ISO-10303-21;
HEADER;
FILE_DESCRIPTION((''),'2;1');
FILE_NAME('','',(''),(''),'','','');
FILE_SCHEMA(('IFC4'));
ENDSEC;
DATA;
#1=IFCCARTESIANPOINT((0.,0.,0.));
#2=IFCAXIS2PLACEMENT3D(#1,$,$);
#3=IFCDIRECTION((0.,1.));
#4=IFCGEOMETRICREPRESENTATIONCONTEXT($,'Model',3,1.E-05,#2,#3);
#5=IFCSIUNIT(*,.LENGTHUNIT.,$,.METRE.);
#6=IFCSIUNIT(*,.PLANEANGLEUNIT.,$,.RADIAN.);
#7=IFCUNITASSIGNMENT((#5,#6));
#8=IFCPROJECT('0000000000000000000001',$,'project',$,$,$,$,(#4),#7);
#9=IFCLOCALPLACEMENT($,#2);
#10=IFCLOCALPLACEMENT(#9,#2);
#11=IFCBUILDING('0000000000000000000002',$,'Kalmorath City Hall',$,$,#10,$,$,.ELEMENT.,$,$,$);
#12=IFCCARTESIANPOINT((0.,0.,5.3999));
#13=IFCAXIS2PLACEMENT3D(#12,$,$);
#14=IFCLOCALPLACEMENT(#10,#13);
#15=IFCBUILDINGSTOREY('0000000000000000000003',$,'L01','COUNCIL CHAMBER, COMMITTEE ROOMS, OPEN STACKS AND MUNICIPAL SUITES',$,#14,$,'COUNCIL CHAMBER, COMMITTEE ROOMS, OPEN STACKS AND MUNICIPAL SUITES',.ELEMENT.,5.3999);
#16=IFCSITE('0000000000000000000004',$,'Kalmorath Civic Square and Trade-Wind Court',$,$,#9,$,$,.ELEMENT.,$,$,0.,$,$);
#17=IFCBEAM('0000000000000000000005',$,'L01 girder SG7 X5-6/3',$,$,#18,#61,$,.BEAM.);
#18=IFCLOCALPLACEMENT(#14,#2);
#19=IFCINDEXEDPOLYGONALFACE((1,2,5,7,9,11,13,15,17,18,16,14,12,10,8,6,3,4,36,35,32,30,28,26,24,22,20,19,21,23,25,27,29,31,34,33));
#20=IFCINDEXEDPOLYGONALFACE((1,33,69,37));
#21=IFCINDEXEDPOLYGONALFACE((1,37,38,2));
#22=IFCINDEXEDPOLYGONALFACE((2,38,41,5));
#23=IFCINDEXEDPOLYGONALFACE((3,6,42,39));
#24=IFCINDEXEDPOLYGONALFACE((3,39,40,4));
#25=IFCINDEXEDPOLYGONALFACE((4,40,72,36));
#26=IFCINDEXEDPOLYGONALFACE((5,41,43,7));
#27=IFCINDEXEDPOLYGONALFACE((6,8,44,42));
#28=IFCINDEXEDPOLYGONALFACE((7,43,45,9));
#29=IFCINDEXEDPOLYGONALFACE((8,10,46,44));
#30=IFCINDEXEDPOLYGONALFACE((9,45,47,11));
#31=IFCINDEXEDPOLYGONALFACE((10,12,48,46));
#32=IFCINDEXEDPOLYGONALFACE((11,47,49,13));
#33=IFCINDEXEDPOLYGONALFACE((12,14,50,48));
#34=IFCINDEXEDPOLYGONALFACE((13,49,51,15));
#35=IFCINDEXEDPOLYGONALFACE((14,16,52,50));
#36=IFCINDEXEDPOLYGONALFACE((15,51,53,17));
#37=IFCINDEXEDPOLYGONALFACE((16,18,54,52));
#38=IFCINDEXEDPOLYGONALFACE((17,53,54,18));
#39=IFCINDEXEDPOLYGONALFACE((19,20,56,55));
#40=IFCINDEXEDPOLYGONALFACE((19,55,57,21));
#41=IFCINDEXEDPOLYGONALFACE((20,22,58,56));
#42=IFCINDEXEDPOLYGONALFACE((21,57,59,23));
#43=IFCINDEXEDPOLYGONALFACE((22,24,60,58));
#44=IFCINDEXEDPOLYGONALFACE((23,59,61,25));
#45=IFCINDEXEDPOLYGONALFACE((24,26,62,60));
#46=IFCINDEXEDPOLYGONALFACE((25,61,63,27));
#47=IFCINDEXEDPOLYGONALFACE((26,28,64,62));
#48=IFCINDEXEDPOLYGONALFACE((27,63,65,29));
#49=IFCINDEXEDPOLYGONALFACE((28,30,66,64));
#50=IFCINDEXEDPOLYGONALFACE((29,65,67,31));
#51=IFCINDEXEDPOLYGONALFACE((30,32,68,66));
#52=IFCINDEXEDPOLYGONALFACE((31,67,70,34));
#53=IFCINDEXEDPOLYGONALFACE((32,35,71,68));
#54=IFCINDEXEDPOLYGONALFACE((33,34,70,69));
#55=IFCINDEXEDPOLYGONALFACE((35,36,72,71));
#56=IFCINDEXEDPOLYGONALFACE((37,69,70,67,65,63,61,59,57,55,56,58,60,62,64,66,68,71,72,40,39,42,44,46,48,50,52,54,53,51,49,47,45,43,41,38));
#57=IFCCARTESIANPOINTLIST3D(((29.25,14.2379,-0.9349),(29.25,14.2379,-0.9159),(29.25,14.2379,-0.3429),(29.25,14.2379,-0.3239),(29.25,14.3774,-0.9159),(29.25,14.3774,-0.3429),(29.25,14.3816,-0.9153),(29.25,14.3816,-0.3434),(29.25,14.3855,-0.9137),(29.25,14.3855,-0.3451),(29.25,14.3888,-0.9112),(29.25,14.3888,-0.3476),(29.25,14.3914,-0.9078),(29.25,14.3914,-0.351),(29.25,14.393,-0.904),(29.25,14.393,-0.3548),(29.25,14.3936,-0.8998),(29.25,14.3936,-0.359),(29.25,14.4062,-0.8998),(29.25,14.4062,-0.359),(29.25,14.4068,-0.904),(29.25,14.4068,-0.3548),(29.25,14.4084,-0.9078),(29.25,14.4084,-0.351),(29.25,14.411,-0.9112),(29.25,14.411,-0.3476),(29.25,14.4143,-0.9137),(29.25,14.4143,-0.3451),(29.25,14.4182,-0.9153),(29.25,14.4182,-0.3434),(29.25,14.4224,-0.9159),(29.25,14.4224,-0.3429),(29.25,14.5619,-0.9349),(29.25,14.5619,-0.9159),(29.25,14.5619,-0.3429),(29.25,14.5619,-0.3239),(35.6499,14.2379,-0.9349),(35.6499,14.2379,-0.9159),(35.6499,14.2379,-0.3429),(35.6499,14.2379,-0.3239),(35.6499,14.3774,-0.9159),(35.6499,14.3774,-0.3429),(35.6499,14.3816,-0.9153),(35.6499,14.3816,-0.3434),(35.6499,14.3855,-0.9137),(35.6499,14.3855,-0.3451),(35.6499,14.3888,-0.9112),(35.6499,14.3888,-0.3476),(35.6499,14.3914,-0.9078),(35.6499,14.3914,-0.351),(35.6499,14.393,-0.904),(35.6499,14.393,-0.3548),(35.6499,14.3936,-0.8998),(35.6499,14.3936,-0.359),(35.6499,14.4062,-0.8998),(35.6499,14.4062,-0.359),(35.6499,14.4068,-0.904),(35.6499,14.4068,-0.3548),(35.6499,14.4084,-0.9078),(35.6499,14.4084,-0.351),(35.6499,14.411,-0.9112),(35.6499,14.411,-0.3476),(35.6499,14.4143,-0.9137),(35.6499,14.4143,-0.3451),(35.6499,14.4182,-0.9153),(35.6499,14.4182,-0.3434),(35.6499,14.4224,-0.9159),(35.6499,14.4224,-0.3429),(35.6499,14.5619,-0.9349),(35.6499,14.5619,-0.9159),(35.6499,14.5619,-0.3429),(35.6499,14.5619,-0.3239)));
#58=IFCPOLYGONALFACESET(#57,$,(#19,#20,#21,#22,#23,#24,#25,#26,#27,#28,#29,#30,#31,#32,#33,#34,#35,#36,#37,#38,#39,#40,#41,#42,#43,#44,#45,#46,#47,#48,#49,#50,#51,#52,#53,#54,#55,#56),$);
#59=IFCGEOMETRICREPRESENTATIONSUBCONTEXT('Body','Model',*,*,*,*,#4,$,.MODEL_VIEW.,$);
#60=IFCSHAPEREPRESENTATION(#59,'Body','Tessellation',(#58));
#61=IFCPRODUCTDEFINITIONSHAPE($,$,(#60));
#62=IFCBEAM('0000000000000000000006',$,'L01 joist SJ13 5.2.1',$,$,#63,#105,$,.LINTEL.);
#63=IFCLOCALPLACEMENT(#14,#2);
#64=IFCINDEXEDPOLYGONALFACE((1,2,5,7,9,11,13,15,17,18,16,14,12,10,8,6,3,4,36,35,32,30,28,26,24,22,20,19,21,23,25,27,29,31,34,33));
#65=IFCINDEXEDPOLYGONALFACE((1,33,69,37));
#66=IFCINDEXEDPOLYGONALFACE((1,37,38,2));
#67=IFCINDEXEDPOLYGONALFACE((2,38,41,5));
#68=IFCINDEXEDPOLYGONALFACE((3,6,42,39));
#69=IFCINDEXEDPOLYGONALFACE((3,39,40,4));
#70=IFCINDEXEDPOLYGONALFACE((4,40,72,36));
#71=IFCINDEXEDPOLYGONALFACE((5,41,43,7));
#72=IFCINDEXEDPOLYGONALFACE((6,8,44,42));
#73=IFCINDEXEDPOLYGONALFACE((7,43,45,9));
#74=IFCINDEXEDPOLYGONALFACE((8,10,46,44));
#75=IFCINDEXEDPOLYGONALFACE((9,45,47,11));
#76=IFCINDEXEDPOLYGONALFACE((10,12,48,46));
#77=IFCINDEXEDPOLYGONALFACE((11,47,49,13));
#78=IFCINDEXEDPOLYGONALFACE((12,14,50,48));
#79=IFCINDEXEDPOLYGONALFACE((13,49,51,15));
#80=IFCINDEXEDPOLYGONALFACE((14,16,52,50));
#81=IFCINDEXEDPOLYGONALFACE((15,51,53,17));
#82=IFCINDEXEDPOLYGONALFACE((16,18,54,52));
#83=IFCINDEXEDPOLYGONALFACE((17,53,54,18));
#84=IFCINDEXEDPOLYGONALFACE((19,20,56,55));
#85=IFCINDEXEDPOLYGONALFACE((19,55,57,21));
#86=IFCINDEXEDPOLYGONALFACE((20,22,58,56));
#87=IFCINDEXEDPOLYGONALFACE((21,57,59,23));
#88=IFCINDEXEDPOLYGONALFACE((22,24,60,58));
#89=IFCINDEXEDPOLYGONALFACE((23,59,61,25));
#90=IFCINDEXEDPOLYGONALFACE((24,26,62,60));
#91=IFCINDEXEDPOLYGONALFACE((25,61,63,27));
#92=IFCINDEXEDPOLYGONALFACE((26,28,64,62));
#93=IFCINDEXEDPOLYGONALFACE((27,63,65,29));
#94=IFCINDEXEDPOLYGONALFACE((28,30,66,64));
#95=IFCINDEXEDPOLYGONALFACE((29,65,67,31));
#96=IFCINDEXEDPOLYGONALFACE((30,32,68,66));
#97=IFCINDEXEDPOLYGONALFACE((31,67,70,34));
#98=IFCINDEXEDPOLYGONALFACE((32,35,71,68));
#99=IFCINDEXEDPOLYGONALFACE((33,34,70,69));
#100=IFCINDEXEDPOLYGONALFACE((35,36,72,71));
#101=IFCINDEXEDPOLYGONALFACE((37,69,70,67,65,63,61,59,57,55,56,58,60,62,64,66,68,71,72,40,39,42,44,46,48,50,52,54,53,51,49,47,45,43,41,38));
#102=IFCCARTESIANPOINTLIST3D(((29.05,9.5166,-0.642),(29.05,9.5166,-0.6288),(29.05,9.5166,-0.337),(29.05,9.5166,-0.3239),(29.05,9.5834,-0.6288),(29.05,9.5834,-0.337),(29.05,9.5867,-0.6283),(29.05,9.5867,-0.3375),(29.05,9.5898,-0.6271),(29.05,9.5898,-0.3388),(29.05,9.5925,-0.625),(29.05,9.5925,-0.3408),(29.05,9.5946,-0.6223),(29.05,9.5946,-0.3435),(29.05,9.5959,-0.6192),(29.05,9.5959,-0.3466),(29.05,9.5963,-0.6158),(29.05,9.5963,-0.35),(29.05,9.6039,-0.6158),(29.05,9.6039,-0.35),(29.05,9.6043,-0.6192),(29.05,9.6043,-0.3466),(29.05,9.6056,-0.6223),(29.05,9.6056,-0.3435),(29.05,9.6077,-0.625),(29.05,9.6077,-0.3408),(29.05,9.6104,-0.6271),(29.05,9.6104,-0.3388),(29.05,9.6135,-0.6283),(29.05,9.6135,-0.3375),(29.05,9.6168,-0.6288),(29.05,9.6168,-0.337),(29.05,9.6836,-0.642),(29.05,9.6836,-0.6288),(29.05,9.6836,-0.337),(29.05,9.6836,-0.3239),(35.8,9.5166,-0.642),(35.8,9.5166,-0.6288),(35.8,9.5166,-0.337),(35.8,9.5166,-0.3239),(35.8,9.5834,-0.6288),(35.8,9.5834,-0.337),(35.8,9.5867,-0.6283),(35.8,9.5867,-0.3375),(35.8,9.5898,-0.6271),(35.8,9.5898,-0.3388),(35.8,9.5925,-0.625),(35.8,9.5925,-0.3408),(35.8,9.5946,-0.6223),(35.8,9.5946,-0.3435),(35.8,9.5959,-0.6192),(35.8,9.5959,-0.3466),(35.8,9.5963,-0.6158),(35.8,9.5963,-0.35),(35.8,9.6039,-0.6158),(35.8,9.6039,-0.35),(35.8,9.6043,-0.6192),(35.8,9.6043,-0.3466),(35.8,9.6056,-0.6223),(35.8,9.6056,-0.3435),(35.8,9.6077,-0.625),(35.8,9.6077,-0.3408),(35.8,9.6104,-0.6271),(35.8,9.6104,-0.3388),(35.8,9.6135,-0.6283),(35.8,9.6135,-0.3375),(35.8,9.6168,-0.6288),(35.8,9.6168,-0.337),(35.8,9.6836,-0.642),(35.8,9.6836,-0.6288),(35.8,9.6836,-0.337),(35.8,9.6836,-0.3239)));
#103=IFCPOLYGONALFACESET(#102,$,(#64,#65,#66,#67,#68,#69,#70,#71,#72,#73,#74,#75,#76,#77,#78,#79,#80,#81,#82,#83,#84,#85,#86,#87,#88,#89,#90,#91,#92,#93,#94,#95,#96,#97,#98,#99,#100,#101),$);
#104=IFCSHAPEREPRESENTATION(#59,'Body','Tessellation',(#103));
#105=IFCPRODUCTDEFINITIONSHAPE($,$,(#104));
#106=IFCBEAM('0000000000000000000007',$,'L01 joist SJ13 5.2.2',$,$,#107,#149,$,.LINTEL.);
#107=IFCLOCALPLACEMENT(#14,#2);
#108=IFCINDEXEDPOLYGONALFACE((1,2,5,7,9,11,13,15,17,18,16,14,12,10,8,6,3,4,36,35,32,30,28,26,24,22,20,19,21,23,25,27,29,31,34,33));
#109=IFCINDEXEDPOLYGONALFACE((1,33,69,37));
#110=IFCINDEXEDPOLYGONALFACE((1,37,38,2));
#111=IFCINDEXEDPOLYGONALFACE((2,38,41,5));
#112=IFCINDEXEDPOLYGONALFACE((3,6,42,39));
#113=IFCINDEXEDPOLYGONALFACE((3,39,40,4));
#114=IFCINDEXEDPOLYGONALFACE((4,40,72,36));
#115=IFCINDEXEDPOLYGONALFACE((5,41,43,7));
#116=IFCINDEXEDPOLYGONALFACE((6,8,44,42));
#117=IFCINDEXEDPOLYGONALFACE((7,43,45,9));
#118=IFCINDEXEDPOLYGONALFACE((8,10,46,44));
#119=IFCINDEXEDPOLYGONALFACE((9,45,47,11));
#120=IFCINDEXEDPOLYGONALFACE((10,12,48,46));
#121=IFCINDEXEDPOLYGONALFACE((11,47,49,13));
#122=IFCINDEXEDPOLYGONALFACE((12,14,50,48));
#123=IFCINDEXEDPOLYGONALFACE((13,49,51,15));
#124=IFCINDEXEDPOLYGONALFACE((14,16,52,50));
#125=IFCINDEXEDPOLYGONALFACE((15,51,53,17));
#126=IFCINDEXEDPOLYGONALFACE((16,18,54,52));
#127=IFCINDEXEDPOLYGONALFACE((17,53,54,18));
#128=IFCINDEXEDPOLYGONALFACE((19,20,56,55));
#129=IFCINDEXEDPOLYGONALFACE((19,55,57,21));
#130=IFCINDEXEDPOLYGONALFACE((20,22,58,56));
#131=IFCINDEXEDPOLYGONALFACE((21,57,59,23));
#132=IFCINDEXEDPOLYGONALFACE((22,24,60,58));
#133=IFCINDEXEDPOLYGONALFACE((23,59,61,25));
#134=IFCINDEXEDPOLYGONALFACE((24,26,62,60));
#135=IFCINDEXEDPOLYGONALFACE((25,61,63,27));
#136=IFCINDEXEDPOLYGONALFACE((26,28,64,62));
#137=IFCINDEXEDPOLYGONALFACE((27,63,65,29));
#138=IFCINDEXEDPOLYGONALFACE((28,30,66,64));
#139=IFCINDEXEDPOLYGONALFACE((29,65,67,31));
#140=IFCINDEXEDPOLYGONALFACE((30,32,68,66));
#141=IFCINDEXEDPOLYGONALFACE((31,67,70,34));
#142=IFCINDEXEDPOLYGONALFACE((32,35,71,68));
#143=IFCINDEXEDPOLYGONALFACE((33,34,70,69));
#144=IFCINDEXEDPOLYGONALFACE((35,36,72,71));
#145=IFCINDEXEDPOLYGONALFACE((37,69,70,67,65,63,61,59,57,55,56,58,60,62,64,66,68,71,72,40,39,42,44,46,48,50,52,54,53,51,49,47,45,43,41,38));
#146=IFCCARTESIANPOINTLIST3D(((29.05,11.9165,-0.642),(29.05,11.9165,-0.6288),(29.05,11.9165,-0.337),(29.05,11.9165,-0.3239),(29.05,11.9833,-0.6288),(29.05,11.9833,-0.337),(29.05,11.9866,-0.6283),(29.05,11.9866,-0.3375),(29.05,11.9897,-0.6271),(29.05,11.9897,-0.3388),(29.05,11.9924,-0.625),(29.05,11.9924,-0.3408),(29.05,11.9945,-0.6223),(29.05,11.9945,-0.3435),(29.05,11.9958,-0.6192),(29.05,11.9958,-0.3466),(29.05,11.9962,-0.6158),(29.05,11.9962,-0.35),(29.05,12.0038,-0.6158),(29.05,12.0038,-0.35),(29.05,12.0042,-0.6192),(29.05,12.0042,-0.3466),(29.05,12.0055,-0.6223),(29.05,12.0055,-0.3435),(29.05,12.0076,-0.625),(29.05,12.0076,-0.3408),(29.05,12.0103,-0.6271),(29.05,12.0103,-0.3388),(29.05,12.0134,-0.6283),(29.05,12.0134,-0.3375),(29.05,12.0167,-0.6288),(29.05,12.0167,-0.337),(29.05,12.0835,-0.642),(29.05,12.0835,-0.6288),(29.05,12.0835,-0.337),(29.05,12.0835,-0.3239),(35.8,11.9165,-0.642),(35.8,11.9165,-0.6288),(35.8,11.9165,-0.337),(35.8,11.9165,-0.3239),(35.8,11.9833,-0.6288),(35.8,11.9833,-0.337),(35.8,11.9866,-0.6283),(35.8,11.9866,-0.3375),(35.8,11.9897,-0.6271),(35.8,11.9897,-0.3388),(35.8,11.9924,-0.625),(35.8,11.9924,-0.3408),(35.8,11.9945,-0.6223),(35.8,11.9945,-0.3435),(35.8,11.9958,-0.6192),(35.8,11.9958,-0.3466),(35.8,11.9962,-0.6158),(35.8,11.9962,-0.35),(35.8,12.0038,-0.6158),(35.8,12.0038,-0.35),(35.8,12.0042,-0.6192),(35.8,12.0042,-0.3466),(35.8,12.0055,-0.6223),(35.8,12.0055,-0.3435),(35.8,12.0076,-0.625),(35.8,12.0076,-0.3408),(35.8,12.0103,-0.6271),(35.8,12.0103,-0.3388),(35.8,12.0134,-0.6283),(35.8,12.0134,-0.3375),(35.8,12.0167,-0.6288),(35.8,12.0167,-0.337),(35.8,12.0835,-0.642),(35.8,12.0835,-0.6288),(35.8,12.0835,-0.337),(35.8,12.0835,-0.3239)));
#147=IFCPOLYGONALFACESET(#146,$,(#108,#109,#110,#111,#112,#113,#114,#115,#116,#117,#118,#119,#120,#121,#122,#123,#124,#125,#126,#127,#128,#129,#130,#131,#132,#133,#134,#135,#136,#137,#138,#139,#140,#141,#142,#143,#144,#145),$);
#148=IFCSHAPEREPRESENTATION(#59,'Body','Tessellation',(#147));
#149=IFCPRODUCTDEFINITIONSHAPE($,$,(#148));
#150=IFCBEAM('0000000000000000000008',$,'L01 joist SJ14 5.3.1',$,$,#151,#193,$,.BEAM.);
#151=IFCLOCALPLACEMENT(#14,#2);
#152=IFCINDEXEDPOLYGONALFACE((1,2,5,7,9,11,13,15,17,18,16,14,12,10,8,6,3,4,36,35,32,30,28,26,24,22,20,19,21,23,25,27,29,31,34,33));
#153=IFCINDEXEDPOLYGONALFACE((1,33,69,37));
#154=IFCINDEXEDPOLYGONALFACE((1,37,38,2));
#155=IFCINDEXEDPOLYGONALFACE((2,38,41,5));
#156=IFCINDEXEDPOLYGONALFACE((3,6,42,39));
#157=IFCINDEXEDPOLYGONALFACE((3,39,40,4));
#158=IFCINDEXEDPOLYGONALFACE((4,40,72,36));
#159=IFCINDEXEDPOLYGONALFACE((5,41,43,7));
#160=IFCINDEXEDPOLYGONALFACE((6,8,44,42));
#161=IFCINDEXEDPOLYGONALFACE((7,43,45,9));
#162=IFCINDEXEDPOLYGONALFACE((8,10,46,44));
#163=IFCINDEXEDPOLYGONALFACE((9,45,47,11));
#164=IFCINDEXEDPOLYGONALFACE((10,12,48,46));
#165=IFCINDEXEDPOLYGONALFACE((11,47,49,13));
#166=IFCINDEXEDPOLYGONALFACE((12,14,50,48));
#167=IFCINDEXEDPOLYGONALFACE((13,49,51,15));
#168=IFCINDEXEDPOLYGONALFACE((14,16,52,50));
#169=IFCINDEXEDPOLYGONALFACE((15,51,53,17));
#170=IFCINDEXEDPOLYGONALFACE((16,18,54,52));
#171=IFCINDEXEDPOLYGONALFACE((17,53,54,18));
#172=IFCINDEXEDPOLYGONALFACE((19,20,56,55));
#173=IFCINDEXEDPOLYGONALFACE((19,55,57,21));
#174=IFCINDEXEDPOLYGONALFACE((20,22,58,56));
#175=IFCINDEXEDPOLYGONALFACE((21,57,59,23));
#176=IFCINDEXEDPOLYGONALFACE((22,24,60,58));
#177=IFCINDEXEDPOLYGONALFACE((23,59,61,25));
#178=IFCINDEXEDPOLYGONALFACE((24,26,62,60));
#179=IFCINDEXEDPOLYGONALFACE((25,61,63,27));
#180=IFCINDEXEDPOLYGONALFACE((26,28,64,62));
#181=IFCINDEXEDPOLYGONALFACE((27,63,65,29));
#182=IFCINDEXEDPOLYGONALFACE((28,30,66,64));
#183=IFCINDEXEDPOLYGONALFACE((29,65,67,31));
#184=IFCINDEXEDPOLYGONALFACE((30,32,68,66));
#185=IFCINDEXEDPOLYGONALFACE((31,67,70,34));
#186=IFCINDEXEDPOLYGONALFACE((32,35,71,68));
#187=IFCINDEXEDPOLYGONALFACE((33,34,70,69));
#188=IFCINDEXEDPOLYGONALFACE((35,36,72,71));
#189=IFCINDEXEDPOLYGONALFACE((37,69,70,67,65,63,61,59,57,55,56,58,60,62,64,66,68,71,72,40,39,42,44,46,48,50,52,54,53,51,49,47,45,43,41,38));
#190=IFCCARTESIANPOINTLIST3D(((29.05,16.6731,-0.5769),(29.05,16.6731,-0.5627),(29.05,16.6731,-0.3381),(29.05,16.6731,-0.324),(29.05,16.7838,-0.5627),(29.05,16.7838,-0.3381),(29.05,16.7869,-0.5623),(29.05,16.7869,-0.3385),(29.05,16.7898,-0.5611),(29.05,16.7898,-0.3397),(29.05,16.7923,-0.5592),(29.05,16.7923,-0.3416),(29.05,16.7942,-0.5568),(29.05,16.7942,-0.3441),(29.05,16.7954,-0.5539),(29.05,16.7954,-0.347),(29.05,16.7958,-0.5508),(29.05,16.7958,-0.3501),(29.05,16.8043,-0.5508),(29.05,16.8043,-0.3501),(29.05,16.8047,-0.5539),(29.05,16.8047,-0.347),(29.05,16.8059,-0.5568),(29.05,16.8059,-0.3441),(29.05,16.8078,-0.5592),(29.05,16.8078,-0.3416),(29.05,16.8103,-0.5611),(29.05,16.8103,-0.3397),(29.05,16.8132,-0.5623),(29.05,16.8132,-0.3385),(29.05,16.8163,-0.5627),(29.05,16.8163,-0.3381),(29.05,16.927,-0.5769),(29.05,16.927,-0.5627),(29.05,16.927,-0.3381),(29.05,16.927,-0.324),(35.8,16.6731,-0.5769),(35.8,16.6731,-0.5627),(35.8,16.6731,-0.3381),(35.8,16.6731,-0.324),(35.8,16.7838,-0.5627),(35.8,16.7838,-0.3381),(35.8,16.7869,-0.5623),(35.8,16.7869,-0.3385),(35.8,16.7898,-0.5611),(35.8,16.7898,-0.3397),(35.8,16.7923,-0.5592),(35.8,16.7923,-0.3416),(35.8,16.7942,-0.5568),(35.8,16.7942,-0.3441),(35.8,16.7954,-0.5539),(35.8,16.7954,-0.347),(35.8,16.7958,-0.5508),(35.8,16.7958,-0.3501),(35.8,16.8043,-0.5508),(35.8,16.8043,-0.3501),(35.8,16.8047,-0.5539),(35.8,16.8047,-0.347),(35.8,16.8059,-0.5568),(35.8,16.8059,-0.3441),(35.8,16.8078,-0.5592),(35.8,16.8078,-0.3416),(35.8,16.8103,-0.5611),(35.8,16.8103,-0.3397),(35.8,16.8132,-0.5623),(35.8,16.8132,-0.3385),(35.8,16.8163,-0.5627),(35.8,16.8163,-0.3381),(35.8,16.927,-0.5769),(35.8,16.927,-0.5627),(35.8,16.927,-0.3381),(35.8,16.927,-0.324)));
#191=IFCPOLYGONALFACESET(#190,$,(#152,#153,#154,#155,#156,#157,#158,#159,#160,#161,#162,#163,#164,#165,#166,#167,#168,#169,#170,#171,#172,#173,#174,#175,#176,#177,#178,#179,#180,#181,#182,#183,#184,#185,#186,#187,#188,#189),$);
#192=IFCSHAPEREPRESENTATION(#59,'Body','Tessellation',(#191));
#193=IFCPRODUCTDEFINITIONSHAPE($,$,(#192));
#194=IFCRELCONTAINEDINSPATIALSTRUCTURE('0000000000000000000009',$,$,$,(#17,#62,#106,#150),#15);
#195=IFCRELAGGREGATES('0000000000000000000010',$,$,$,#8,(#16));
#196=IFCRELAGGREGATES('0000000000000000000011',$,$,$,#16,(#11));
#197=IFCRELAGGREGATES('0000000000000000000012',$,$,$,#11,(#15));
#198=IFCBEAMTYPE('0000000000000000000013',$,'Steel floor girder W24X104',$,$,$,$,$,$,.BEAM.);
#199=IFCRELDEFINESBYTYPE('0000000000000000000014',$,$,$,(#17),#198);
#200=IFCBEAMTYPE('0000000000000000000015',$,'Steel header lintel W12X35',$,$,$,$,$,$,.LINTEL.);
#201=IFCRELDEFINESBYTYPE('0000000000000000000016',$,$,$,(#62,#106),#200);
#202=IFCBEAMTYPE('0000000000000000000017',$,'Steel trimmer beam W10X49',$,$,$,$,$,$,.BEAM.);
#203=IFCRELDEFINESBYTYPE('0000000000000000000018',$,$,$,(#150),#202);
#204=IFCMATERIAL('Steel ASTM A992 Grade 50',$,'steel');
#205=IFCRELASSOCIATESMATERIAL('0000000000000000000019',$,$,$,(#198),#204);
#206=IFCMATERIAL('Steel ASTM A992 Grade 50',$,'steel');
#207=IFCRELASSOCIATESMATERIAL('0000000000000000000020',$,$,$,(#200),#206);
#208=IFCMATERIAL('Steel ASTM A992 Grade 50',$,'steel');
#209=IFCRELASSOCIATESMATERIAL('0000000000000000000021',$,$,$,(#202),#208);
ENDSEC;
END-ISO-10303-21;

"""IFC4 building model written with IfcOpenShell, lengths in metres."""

from ifc_helpers import new_model, si_unit, direction, frame, origin, origin_2d, place, context, subcontext, project, spatial, i_section, extrude, material, material_profile, profile_set, type_object, element, save


model = new_model("IFC4")

# Units and contexts
model_context = context("Model", 3, precision=1e-05, world=origin(), true_north=direction((0.0, 1.0)))
body_context = subcontext(model_context, "Body", "Model", "MODEL_VIEW")
ifc_project = project(units=[si_unit("LENGTHUNIT", "METRE"), si_unit("PLANEANGLEUNIT", "RADIAN")], contexts=[model_context])

# Site, building, storey
site_placement = place(None, origin())
site = spatial("IfcSite", under=ifc_project, at=site_placement, Name="Kalmorath Civic Square and Trade-Wind Court", CompositionType="ELEMENT", RefElevation=0.0)
building_placement = place(site_placement, origin())
building = spatial("IfcBuilding", under=site, at=building_placement, Name="Kalmorath City Hall", CompositionType="ELEMENT")
storey_placement = place(building_placement, frame((0.0, 0.0, 5.3999)))
storey = spatial("IfcBuildingStorey", under=building, at=storey_placement, Name="L01", Description="COUNCIL CHAMBER, COMMITTEE ROOMS, OPEN STACKS AND MUNICIPAL SUITES", LongName="COUNCIL CHAMBER, COMMITTEE ROOMS, OPEN STACKS AND MUNICIPAL SUITES", CompositionType="ELEMENT", Elevation=5.3999)

# Beams
ifc_material_1 = material(Name="Steel ASTM A992 Grade 50", Category="steel")
ifc_material_profile_1 = material_profile(ifc_material_1, i_section(OverallWidth=0.324, OverallDepth=0.6111, WebThickness=0.0127, FlangeThickness=0.019, FilletRadius=0.0161, at=origin_2d()), Name="W24X104")
ifc_profile_set_1 = profile_set([ifc_material_profile_1], Name="Steel ASTM A992 Grade 50")
beam_type_1 = type_object("IfcBeamType", Name="Steel floor girder W24X104", PredefinedType="BEAM", material=ifc_profile_set_1)
beam_1_placement = place(storey_placement, frame((29.25, 14.3999, -0.6294), z_axis=(1.0, 0.0, 0.0), x_axis=(0.0, 1.0, 0.0)))
element("IfcBeam", 1, at=beam_1_placement, inside=storey, type_object=beam_type_1, Name="L01 girder SG7 X5-6/3", PredefinedType="BEAM", context=body_context, shape_type="SweptSolid", body=[
    extrude(i_section(OverallWidth=0.324, OverallDepth=0.6111, WebThickness=0.0127, FlangeThickness=0.019, FilletRadius=0.0161, at=origin_2d()), origin(), (0.0, 0.0, 1.0), 6.3999),
])
ifc_material_2 = material(Name="Steel ASTM A992 Grade 50", Category="steel")
ifc_material_profile_2 = material_profile(ifc_material_2, i_section(OverallWidth=0.167, OverallDepth=0.3181, WebThickness=0.0076, FlangeThickness=0.0132, FilletRadius=0.0129, at=origin_2d()), Name="W12X35")
ifc_profile_set_2 = profile_set([ifc_material_profile_2], Name="Steel ASTM A992 Grade 50")
beam_type_2 = type_object("IfcBeamType", Name="Steel header lintel W12X35", PredefinedType="LINTEL", material=ifc_profile_set_2)
for number, where, z_axis, x_axis, name in (
    (2, (29.05, 9.6001, -0.4829), (1.0, 0.0, 0.0), (0.0, 1.0, 0.0), "L01 joist SJ13 5.2.1"),
    (3, (29.05, 12.0, -0.4829), (1.0, 0.0, 0.0), (0.0, 1.0, 0.0), "L01 joist SJ13 5.2.2"),
):
    element("IfcBeam", number, at=place(storey_placement, frame(where, z_axis=z_axis, x_axis=x_axis)), inside=storey, type_object=beam_type_2, Name=name, PredefinedType="LINTEL", context=body_context, shape_type="SweptSolid", body=[
        extrude(i_section(OverallWidth=0.167, OverallDepth=0.3181, WebThickness=0.0076, FlangeThickness=0.0132, FilletRadius=0.0129, at=origin_2d()), origin(), (0.0, 0.0, 1.0), 6.75),
    ])
ifc_material_3 = material(Name="Steel ASTM A992 Grade 50", Category="steel")
ifc_material_profile_3 = material_profile(ifc_material_3, i_section(OverallWidth=0.2539, OverallDepth=0.2529, WebThickness=0.0085, FlangeThickness=0.0142, FilletRadius=0.012, at=origin_2d()), Name="W10X49")
ifc_profile_set_3 = profile_set([ifc_material_profile_3], Name="Steel ASTM A992 Grade 50")
beam_type_3 = type_object("IfcBeamType", Name="Steel trimmer beam W10X49", PredefinedType="BEAM", material=ifc_profile_set_3)
for number, where, z_axis, x_axis, name in (
    (4, (29.05, 16.8, -0.4504), (1.0, 0.0, 0.0), (0.0, 1.0, 0.0), "L01 joist SJ14 5.3.1"),
):
    element("IfcBeam", number, at=place(storey_placement, frame(where, z_axis=z_axis, x_axis=x_axis)), inside=storey, type_object=beam_type_3, Name=name, PredefinedType="BEAM", context=body_context, shape_type="SweptSolid", body=[
        extrude(i_section(OverallWidth=0.2539, OverallDepth=0.2529, WebThickness=0.0085, FlangeThickness=0.0142, FilletRadius=0.012, at=origin_2d()), origin(), (0.0, 0.0, 1.0), 6.75),
    ])

save(model, "model.ifc")
